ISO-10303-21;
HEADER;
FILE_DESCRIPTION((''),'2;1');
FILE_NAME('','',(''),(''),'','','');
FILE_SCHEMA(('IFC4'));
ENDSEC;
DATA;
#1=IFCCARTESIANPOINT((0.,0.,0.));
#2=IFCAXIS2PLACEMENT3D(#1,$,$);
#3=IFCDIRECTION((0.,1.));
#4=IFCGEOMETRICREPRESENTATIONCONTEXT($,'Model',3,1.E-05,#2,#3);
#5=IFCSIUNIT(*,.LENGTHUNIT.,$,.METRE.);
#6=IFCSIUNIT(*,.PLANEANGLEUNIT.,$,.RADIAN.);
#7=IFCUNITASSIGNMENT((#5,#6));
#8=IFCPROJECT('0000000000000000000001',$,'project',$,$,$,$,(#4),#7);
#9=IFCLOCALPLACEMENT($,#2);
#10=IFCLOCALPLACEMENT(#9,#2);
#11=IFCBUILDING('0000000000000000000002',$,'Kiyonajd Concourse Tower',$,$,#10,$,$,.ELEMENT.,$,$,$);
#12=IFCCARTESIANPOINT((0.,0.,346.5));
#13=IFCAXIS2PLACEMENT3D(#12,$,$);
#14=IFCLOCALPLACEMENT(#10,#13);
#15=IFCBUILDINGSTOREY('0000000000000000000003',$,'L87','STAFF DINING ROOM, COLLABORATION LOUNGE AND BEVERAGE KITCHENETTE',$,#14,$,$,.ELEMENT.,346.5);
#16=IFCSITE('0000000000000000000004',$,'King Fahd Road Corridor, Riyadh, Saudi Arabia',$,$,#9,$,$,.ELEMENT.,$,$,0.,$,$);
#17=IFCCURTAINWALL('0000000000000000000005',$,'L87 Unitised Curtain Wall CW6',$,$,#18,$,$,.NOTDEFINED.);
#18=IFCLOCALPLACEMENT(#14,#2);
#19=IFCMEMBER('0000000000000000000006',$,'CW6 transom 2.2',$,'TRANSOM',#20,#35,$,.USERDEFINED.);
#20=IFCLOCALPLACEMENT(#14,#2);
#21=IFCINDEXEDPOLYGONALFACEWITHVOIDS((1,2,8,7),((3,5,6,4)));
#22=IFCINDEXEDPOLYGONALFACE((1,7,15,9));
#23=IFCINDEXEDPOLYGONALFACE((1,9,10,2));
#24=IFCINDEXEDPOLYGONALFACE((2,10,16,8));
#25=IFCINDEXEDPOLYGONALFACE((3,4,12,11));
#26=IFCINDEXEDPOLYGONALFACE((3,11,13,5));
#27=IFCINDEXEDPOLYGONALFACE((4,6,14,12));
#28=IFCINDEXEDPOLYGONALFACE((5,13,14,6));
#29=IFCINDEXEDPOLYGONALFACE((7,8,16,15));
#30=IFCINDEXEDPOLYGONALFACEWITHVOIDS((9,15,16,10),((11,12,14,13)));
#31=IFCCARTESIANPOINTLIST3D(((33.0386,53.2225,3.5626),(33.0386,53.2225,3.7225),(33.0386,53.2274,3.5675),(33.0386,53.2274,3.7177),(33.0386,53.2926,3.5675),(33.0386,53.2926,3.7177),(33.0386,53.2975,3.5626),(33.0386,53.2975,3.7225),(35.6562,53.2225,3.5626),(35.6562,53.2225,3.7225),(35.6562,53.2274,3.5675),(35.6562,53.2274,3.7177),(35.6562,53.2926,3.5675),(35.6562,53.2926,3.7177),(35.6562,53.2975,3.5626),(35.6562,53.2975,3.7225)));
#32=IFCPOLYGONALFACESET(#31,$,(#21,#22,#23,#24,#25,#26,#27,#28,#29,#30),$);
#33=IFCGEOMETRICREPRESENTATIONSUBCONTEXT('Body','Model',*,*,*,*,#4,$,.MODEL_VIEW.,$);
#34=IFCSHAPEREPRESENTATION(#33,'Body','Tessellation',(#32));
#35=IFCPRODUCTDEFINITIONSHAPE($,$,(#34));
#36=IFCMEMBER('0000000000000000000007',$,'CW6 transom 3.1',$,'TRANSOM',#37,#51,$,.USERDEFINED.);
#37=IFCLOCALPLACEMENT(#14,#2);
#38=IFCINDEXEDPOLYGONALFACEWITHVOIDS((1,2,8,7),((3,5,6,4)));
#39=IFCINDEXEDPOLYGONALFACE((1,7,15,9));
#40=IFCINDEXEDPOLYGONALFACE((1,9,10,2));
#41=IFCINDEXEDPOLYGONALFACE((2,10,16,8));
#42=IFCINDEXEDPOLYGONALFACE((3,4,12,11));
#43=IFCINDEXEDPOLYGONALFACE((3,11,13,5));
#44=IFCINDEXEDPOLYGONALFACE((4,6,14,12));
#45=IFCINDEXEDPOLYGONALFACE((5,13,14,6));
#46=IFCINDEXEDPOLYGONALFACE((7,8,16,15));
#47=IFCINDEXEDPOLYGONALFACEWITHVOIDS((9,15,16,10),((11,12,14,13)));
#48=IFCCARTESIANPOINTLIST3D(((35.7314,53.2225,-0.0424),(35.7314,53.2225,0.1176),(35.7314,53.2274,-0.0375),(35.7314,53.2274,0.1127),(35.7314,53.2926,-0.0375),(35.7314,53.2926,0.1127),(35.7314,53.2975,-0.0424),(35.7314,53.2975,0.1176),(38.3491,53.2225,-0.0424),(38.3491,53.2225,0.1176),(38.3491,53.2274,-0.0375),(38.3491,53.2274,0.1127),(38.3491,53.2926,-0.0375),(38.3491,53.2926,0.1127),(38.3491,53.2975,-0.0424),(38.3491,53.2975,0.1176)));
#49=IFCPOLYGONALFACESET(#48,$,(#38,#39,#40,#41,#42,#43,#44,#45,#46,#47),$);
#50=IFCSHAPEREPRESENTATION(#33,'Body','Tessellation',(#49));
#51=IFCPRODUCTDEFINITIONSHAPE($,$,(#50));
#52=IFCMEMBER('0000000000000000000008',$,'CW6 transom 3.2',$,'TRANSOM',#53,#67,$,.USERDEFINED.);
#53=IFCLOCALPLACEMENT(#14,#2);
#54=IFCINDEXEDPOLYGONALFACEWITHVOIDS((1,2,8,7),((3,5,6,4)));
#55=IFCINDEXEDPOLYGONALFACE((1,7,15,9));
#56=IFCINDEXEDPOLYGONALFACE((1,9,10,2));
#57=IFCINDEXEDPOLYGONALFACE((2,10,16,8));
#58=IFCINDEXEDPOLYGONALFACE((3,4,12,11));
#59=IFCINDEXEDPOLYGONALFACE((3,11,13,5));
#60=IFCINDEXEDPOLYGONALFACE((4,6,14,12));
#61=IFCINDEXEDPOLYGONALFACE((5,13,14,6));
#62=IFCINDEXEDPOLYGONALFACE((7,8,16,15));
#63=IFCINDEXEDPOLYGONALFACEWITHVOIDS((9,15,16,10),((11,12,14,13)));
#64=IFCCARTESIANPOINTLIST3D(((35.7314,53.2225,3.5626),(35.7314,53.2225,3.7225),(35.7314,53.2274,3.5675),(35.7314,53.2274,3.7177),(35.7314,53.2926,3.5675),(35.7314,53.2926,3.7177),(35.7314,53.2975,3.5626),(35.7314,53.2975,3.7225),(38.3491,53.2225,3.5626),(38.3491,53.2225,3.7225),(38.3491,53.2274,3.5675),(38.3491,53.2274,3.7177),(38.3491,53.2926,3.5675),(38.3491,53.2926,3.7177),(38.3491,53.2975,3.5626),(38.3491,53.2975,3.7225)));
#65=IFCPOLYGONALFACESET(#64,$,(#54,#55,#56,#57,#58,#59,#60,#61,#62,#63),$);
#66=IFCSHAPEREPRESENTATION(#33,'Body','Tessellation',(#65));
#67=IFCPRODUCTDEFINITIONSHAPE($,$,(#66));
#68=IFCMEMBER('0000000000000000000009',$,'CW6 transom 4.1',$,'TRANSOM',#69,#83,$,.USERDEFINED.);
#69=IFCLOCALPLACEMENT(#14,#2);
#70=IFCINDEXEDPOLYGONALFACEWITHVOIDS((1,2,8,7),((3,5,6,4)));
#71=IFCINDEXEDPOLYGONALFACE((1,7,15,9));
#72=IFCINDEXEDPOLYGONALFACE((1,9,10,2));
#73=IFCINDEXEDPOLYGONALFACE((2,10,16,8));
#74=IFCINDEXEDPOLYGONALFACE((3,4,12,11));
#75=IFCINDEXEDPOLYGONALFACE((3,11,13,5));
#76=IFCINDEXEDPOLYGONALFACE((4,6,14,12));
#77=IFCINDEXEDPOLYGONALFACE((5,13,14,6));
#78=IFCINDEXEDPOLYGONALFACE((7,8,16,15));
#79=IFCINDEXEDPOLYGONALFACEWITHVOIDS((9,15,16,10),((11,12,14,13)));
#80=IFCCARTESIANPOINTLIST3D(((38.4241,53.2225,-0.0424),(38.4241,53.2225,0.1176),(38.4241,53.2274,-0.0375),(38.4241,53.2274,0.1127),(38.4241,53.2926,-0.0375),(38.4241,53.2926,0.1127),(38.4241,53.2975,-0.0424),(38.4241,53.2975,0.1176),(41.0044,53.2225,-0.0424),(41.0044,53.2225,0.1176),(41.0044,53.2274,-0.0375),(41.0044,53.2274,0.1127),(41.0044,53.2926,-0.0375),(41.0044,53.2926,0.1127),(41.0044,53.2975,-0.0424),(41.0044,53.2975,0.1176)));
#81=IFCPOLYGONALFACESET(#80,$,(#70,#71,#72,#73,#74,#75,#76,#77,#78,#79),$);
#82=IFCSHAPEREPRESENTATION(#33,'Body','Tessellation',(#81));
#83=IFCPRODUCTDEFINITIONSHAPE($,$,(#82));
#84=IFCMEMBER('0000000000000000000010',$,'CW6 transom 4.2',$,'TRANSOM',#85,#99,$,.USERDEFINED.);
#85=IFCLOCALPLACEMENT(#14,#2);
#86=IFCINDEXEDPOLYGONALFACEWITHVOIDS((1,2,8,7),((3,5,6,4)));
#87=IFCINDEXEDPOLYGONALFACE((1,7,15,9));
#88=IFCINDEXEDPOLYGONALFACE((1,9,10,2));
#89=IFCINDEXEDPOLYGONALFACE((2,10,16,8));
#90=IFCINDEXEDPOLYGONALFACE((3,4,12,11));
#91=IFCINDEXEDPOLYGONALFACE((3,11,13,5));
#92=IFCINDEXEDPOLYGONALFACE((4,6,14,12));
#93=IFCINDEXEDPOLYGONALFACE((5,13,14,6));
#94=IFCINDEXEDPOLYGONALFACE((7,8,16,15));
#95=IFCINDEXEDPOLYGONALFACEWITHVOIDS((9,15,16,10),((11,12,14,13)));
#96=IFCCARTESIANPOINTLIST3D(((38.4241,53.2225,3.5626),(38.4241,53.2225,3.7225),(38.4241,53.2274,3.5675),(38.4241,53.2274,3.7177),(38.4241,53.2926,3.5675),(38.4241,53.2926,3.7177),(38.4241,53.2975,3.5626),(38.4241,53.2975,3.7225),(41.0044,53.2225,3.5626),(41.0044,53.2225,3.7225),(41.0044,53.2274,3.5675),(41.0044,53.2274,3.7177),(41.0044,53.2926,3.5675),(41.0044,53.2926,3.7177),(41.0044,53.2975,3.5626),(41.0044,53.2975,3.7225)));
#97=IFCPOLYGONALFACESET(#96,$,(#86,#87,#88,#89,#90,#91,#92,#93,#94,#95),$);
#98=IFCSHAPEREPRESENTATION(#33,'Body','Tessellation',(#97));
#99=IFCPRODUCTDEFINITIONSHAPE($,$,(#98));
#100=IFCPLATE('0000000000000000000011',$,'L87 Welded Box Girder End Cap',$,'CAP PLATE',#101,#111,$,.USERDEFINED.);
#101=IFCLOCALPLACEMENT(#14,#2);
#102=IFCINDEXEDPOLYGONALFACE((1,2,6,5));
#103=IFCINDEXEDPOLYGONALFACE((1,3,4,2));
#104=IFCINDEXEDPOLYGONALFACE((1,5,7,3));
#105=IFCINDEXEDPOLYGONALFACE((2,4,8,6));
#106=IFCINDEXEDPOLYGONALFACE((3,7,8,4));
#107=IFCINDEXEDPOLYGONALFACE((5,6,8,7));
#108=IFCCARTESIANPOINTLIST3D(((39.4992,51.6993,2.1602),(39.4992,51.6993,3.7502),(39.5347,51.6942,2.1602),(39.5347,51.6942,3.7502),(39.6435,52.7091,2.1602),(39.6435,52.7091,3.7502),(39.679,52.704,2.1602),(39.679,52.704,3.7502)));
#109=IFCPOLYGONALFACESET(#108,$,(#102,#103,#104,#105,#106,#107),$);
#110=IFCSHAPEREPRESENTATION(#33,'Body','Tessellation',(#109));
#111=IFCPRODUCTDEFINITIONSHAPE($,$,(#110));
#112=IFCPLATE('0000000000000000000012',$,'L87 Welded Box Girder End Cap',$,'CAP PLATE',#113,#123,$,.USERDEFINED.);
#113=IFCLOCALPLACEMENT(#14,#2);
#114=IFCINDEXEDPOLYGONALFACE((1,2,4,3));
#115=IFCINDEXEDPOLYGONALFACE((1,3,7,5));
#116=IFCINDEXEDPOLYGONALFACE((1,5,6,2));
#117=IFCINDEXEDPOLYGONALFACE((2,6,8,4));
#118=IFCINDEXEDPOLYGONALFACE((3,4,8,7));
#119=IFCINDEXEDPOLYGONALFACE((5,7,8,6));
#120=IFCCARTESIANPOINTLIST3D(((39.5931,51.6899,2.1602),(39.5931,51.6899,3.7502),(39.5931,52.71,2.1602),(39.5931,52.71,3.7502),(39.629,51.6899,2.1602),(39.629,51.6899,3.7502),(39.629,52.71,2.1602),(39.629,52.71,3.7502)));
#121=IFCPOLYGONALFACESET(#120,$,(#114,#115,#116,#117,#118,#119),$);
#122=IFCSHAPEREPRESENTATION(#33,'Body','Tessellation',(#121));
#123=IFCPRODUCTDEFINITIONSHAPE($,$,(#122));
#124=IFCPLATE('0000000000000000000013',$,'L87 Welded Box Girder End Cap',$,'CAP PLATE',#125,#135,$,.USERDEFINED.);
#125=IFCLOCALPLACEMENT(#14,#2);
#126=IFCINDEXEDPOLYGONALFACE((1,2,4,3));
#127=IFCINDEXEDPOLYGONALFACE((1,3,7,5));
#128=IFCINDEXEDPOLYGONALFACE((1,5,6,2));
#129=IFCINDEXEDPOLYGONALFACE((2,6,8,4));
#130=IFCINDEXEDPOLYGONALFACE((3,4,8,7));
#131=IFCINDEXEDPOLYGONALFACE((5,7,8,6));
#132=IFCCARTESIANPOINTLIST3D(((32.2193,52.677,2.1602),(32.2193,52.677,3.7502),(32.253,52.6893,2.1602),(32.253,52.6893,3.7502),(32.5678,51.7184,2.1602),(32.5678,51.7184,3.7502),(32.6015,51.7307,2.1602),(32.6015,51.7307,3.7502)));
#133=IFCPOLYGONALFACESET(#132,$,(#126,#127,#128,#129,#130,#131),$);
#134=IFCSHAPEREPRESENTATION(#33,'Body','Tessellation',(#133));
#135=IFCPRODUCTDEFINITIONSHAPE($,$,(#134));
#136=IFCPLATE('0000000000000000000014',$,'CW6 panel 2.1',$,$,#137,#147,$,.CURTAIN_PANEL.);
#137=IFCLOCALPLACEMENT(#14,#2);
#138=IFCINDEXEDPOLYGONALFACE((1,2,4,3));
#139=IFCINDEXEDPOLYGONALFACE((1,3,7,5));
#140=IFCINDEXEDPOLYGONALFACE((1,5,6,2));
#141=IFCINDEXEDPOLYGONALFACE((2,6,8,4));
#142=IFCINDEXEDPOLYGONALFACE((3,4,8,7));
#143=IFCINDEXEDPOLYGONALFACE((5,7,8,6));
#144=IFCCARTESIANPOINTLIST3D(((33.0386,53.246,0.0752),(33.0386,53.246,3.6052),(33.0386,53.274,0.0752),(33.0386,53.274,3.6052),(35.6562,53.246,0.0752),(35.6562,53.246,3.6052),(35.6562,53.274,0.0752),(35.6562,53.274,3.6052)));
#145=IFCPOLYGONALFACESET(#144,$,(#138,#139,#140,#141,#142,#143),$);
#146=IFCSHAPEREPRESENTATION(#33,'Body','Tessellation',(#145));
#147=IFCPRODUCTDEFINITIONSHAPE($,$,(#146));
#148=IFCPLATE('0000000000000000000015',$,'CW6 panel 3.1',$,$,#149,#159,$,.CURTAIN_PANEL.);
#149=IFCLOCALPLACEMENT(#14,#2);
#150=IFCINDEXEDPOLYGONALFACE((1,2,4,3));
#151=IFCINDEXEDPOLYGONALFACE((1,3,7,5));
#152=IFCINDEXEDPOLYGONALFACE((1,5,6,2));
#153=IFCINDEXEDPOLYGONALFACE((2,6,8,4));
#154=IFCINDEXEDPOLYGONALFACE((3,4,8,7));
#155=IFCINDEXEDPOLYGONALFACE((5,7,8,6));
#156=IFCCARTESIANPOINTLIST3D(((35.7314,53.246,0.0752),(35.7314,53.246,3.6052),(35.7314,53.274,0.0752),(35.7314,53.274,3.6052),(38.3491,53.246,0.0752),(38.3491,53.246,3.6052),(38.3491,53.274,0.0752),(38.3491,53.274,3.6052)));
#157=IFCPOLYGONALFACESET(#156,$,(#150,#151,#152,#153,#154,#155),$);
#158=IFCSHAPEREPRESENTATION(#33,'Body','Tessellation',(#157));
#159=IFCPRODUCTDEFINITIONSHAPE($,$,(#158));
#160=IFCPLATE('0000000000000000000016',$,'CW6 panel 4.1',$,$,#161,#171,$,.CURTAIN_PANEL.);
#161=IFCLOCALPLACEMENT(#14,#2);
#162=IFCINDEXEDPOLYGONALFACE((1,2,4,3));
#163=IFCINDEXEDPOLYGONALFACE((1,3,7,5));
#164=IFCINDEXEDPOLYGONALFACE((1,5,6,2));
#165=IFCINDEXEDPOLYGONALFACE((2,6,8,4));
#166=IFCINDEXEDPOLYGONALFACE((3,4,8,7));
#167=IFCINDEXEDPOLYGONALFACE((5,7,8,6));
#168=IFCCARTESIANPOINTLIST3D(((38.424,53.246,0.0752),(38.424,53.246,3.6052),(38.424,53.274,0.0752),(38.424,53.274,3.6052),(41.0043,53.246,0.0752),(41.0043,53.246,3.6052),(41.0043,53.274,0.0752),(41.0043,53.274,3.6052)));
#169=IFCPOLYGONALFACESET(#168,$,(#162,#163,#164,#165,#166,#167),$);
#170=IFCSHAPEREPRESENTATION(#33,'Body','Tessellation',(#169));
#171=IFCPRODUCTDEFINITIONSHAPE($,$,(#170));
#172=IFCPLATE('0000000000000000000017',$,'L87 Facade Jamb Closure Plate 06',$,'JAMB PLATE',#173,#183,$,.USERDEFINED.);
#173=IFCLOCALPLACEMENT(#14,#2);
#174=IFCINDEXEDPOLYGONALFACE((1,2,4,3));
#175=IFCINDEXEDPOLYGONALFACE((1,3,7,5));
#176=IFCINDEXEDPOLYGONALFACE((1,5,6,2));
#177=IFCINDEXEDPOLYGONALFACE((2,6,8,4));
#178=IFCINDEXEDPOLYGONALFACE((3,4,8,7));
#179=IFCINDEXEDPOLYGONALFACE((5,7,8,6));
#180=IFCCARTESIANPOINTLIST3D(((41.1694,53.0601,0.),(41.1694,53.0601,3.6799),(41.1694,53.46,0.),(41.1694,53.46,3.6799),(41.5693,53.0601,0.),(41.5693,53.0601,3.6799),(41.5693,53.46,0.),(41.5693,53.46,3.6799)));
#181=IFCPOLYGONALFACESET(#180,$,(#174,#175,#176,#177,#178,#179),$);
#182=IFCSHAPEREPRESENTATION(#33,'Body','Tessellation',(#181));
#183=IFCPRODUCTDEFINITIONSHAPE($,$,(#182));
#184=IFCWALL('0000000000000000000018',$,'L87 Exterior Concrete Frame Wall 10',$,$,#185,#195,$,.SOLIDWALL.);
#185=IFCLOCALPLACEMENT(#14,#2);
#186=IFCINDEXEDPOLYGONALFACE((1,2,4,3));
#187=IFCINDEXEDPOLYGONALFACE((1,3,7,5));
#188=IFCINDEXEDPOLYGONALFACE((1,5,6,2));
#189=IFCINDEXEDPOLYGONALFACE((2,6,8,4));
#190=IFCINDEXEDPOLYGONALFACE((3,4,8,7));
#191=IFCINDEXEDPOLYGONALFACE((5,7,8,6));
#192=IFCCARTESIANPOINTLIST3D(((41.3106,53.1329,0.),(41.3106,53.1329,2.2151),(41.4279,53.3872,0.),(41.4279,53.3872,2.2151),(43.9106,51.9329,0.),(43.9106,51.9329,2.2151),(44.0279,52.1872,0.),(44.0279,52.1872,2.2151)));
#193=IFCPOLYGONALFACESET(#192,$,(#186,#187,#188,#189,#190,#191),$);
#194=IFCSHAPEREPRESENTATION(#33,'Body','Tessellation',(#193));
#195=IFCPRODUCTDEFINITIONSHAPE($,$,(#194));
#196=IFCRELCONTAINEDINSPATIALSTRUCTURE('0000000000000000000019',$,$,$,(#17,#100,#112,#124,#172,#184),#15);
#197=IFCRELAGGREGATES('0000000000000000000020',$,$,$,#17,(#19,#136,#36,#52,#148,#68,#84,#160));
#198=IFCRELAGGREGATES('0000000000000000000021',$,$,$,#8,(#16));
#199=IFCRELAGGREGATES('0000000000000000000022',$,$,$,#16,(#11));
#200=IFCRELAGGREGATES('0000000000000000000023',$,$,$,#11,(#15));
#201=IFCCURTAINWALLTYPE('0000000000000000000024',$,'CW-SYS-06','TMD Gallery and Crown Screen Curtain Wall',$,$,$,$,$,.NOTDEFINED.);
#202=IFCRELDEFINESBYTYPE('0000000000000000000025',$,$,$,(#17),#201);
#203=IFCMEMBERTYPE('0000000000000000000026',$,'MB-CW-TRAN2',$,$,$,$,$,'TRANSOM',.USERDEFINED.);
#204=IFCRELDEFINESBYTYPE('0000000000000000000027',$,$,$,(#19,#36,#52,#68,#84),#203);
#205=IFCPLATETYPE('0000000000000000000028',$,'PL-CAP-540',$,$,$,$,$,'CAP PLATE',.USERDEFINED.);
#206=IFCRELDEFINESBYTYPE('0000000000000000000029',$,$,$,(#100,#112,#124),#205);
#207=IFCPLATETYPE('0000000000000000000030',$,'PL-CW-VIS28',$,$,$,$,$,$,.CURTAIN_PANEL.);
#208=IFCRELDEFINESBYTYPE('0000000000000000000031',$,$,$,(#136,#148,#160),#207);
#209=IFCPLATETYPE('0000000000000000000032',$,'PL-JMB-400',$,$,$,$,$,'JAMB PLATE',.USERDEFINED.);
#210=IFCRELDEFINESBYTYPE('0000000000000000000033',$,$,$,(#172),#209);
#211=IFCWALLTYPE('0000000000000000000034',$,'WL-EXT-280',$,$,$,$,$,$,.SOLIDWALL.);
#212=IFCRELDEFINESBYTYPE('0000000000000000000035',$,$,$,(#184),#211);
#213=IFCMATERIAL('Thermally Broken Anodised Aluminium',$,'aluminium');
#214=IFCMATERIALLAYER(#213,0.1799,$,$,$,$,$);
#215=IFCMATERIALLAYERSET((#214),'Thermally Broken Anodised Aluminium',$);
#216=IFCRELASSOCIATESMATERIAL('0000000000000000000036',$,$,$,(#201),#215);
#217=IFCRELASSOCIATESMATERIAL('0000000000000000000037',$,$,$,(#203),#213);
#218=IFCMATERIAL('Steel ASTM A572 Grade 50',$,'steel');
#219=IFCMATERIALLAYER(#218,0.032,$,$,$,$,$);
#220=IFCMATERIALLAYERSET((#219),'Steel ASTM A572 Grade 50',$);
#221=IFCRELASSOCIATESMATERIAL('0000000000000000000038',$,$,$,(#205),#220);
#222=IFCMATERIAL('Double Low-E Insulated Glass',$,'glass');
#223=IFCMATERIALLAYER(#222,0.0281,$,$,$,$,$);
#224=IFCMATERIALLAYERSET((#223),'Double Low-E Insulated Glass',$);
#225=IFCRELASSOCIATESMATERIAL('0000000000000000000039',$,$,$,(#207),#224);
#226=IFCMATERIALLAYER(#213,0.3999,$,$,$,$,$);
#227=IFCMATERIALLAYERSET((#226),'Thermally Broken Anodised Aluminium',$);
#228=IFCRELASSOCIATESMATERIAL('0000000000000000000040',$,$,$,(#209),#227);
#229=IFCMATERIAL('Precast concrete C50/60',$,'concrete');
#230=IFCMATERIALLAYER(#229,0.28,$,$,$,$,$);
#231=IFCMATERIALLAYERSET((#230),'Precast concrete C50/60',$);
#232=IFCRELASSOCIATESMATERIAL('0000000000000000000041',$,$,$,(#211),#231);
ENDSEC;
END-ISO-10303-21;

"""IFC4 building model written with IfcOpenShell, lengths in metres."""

from ifc_helpers import new_model, si_unit, direction, frame, frame_2d, origin, origin_2d, place, context, subcontext, project, spatial, rectangle, hollow_rectangle, extrude, material, layer, layer_set, material_profile, profile_set, type_object, element, aggregate, save


model = new_model("IFC4")

# Units and contexts
model_context = context("Model", 3, precision=1e-05, world=origin(), true_north=direction((0.0, 1.0)))
body_context = subcontext(model_context, "Body", "Model", "MODEL_VIEW")
ifc_project = project(units=[si_unit("LENGTHUNIT", "METRE"), si_unit("PLANEANGLEUNIT", "RADIAN")], contexts=[model_context])

# Site, building, storey
site_placement = place(None, origin())
site = spatial("IfcSite", under=ifc_project, at=site_placement, Name="King Fahd Road Corridor, Riyadh, Saudi Arabia", CompositionType="ELEMENT", RefElevation=0.0)
building_placement = place(site_placement, origin())
building = spatial("IfcBuilding", under=site, at=building_placement, Name="Kiyonajd Concourse Tower", CompositionType="ELEMENT")
storey_placement = place(building_placement, frame((0.0, 0.0, 346.5)))
storey = spatial("IfcBuildingStorey", under=building, at=storey_placement, Name="L87", Description="STAFF DINING ROOM, COLLABORATION LOUNGE AND BEVERAGE KITCHENETTE", CompositionType="ELEMENT", Elevation=346.5)

# Shared definitions
ifc_material_1 = material(Name="Steel ASTM A572 Grade 50", Category="steel")

# Curtain wall, members
ifc_material_2 = material(Name="Thermally Broken Anodised Aluminium", Category="aluminium")
ifc_layer_1 = layer(ifc_material_2, 0.1799)
ifc_layer_set_1 = layer_set([ifc_layer_1], Name="Thermally Broken Anodised Aluminium")
curtain_wall_type = type_object("IfcCurtainWallType", Name="CW-SYS-06", Description="TMD Gallery and Crown Screen Curtain Wall", PredefinedType="NOTDEFINED", material=ifc_layer_set_1)
curtain_wall_placement = place(storey_placement, origin())
curtain_wall = element("IfcCurtainWall", 1, at=curtain_wall_placement, inside=storey, type_object=curtain_wall_type, Name="L87 Unitised Curtain Wall CW6", PredefinedType="NOTDEFINED")
ifc_material_profile_1 = material_profile(ifc_material_2, hollow_rectangle(XDim=0.075, YDim=0.1599, WallThickness=0.0049, at=origin_2d()), Name="TRAN-75x160")
ifc_profile_set_1 = profile_set([ifc_material_profile_1], Name="Thermally Broken Anodised Aluminium")
member_type_1 = type_object("IfcMemberType", Name="MB-CW-TRAN2", ElementType="TRANSOM", PredefinedType="USERDEFINED", material=ifc_profile_set_1)
member_1_placement = place(storey_placement, frame((33.0386, 53.26, 3.6426), z_axis=(1.0, 0.0, 0.0), x_axis=(0.0, 1.0, 0.0)))
member_1 = element("IfcMember", 2, at=member_1_placement, type_object=member_type_1, Name="CW6 transom 2.2", ObjectType="TRANSOM", PredefinedType="USERDEFINED", context=body_context, shape_type="SweptSolid", body=[
    extrude(hollow_rectangle(XDim=0.075, YDim=0.1599, WallThickness=0.0049, at=origin_2d()), origin(), (0.0, 0.0, 1.0), 2.6177),
])
member_2_placement = place(storey_placement, frame((35.7314, 53.26, 0.0376), z_axis=(1.0, 0.0, 0.0), x_axis=(0.0, 1.0, 0.0)))
member_2 = element("IfcMember", 3, at=member_2_placement, type_object=member_type_1, Name="CW6 transom 3.1", ObjectType="TRANSOM", PredefinedType="USERDEFINED", context=body_context, shape_type="SweptSolid", body=[
    extrude(hollow_rectangle(XDim=0.075, YDim=0.1599, WallThickness=0.0049, at=origin_2d()), origin(), (0.0, 0.0, 1.0), 2.6177),
])
member_3_placement = place(storey_placement, frame((35.7314, 53.26, 3.6426), z_axis=(1.0, 0.0, 0.0), x_axis=(0.0, 1.0, 0.0)))
member_3 = element("IfcMember", 4, at=member_3_placement, type_object=member_type_1, Name="CW6 transom 3.2", ObjectType="TRANSOM", PredefinedType="USERDEFINED", context=body_context, shape_type="SweptSolid", body=[
    extrude(hollow_rectangle(XDim=0.075, YDim=0.1599, WallThickness=0.0049, at=origin_2d()), origin(), (0.0, 0.0, 1.0), 2.6177),
])
member_4_placement = place(storey_placement, frame((38.4241, 53.26, 0.0376), z_axis=(1.0, 0.0, 0.0), x_axis=(0.0, 1.0, 0.0)))
member_4 = element("IfcMember", 5, at=member_4_placement, type_object=member_type_1, Name="CW6 transom 4.1", ObjectType="TRANSOM", PredefinedType="USERDEFINED", context=body_context, shape_type="SweptSolid", body=[
    extrude(hollow_rectangle(XDim=0.075, YDim=0.1599, WallThickness=0.0049, at=origin_2d()), origin(), (0.0, 0.0, 1.0), 2.5803),
])
member_5_placement = place(storey_placement, frame((38.4241, 53.26, 3.6426), z_axis=(1.0, 0.0, 0.0), x_axis=(0.0, 1.0, 0.0)))
member_5 = element("IfcMember", 6, at=member_5_placement, type_object=member_type_1, Name="CW6 transom 4.2", ObjectType="TRANSOM", PredefinedType="USERDEFINED", context=body_context, shape_type="SweptSolid", body=[
    extrude(hollow_rectangle(XDim=0.075, YDim=0.1599, WallThickness=0.0049, at=origin_2d()), origin(), (0.0, 0.0, 1.0), 2.5803),
])

# Plates
ifc_layer_2 = layer(ifc_material_1, 0.032)
ifc_layer_set_2 = layer_set([ifc_layer_2], Name="Steel ASTM A572 Grade 50")
plate_type_1 = type_object("IfcPlateType", Name="PL-CAP-540", ElementType="CAP PLATE", PredefinedType="USERDEFINED", material=ifc_layer_set_2)
for number, where, z_axis, x_axis, name in (
    (7, (39.5891, 52.2017, 2.1602), (0.0, 0.0, 1.0), (-0.98995, 0.14142, 0.0), "L87 Welded Box Girder End Cap"),
    (8, (39.6111, 52.2, 2.1602), (0.0, 0.0, 1.0), (1.0, 0.0, 0.0), "L87 Welded Box Girder End Cap"),
    (9, (32.4104, 52.2039, 2.1602), (0.0, 0.0, 1.0), (0.939812, 0.341692, 0.0), "L87 Welded Box Girder End Cap"),
):
    element("IfcPlate", number, at=place(storey_placement, frame(where, z_axis=z_axis, x_axis=x_axis)), inside=storey, type_object=plate_type_1, Name=name, ObjectType="CAP PLATE", PredefinedType="USERDEFINED", context=body_context, shape_type="SweptSolid", body=[
        extrude(rectangle(XDim=0.0359, YDim=1.02, at=origin_2d()), origin(), (0.0, 0.0, 1.0), 1.5901),
    ])

# Plates
ifc_material_3 = material(Name="Double Low-E Insulated Glass", Category="glass")
ifc_layer_3 = layer(ifc_material_3, 0.0281)
ifc_layer_set_3 = layer_set([ifc_layer_3], Name="Double Low-E Insulated Glass")
plate_type_2 = type_object("IfcPlateType", Name="PL-CW-VIS28", PredefinedType="CURTAIN_PANEL", material=ifc_layer_set_3)
plate_1_placement = place(storey_placement, frame((34.3474, 53.26, 0.0752), z_axis=(0.0, 0.0, 1.0), x_axis=(1.0, 0.0, 0.0)))
plate_1 = element("IfcPlate", 10, at=plate_1_placement, type_object=plate_type_2, Name="CW6 panel 2.1", PredefinedType="CURTAIN_PANEL", context=body_context, shape_type="SweptSolid", body=[
    extrude(rectangle(XDim=2.6177, YDim=0.0281, at=origin_2d()), origin(), (0.0, 0.0, 1.0), 3.53),
])
plate_2_placement = place(storey_placement, frame((37.0403, 53.26, 0.0752), z_axis=(0.0, 0.0, 1.0), x_axis=(1.0, 0.0, 0.0)))
plate_2 = element("IfcPlate", 11, at=plate_2_placement, type_object=plate_type_2, Name="CW6 panel 3.1", PredefinedType="CURTAIN_PANEL", context=body_context, shape_type="SweptSolid", body=[
    extrude(rectangle(XDim=2.6177, YDim=0.0281, at=origin_2d()), origin(), (0.0, 0.0, 1.0), 3.53),
])
plate_3_placement = place(storey_placement, frame((39.7141, 53.26, 0.0752), z_axis=(0.0, 0.0, 1.0), x_axis=(1.0, 0.0, 0.0)))
plate_3 = element("IfcPlate", 12, at=plate_3_placement, type_object=plate_type_2, Name="CW6 panel 4.1", PredefinedType="CURTAIN_PANEL", context=body_context, shape_type="SweptSolid", body=[
    extrude(rectangle(XDim=2.5803, YDim=0.0281, at=origin_2d()), origin(), (0.0, 0.0, 1.0), 3.53),
])
aggregate(curtain_wall, [member_1, plate_1, member_2, member_3, plate_2, member_4, member_5, plate_3])
ifc_layer_4 = layer(ifc_material_2, 0.3999)
ifc_layer_set_4 = layer_set([ifc_layer_4], Name="Thermally Broken Anodised Aluminium")
plate_type_3 = type_object("IfcPlateType", Name="PL-JMB-400", ElementType="JAMB PLATE", PredefinedType="USERDEFINED", material=ifc_layer_set_4)
plate_4_placement = place(storey_placement, frame((41.3694, 53.26, 0.0), z_axis=(0.0, 0.0, 1.0), x_axis=(1.0, 0.0, 0.0)))
element("IfcPlate", 13, at=plate_4_placement, inside=storey, type_object=plate_type_3, Name="L87 Facade Jamb Closure Plate 06", ObjectType="JAMB PLATE", PredefinedType="USERDEFINED", context=body_context, shape_type="SweptSolid", body=[
    extrude(rectangle(XDim=0.3999, YDim=0.3999, at=origin_2d()), origin(), (0.0, 0.0, 1.0), 3.6799),
])

# Wall
ifc_material_4 = material(Name="Precast concrete C50/60", Category="concrete")
ifc_layer_5 = layer(ifc_material_4, 0.28)
ifc_layer_set_5 = layer_set([ifc_layer_5], Name="Precast concrete C50/60")
wall_type = type_object("IfcWallType", Name="WL-EXT-280", PredefinedType="SOLIDWALL", material=ifc_layer_set_5)
wall_1_placement = place(storey_placement, frame((41.3694, 53.26, 0.0), z_axis=(0.0, 0.0, 1.0), x_axis=(0.907957, -0.419064, 0.0)))
element("IfcWall", 14, at=wall_1_placement, inside=storey, type_object=wall_type, Name="L87 Exterior Concrete Frame Wall 10", PredefinedType="SOLIDWALL", context=body_context, shape_type="SweptSolid", body=[
    extrude(rectangle(XDim=2.8635, YDim=0.28, at=frame_2d((1.4316, 0.0))), origin(), (0.0, 0.0, 1.0), 2.2151),
])

save(model, "model.ifc")
